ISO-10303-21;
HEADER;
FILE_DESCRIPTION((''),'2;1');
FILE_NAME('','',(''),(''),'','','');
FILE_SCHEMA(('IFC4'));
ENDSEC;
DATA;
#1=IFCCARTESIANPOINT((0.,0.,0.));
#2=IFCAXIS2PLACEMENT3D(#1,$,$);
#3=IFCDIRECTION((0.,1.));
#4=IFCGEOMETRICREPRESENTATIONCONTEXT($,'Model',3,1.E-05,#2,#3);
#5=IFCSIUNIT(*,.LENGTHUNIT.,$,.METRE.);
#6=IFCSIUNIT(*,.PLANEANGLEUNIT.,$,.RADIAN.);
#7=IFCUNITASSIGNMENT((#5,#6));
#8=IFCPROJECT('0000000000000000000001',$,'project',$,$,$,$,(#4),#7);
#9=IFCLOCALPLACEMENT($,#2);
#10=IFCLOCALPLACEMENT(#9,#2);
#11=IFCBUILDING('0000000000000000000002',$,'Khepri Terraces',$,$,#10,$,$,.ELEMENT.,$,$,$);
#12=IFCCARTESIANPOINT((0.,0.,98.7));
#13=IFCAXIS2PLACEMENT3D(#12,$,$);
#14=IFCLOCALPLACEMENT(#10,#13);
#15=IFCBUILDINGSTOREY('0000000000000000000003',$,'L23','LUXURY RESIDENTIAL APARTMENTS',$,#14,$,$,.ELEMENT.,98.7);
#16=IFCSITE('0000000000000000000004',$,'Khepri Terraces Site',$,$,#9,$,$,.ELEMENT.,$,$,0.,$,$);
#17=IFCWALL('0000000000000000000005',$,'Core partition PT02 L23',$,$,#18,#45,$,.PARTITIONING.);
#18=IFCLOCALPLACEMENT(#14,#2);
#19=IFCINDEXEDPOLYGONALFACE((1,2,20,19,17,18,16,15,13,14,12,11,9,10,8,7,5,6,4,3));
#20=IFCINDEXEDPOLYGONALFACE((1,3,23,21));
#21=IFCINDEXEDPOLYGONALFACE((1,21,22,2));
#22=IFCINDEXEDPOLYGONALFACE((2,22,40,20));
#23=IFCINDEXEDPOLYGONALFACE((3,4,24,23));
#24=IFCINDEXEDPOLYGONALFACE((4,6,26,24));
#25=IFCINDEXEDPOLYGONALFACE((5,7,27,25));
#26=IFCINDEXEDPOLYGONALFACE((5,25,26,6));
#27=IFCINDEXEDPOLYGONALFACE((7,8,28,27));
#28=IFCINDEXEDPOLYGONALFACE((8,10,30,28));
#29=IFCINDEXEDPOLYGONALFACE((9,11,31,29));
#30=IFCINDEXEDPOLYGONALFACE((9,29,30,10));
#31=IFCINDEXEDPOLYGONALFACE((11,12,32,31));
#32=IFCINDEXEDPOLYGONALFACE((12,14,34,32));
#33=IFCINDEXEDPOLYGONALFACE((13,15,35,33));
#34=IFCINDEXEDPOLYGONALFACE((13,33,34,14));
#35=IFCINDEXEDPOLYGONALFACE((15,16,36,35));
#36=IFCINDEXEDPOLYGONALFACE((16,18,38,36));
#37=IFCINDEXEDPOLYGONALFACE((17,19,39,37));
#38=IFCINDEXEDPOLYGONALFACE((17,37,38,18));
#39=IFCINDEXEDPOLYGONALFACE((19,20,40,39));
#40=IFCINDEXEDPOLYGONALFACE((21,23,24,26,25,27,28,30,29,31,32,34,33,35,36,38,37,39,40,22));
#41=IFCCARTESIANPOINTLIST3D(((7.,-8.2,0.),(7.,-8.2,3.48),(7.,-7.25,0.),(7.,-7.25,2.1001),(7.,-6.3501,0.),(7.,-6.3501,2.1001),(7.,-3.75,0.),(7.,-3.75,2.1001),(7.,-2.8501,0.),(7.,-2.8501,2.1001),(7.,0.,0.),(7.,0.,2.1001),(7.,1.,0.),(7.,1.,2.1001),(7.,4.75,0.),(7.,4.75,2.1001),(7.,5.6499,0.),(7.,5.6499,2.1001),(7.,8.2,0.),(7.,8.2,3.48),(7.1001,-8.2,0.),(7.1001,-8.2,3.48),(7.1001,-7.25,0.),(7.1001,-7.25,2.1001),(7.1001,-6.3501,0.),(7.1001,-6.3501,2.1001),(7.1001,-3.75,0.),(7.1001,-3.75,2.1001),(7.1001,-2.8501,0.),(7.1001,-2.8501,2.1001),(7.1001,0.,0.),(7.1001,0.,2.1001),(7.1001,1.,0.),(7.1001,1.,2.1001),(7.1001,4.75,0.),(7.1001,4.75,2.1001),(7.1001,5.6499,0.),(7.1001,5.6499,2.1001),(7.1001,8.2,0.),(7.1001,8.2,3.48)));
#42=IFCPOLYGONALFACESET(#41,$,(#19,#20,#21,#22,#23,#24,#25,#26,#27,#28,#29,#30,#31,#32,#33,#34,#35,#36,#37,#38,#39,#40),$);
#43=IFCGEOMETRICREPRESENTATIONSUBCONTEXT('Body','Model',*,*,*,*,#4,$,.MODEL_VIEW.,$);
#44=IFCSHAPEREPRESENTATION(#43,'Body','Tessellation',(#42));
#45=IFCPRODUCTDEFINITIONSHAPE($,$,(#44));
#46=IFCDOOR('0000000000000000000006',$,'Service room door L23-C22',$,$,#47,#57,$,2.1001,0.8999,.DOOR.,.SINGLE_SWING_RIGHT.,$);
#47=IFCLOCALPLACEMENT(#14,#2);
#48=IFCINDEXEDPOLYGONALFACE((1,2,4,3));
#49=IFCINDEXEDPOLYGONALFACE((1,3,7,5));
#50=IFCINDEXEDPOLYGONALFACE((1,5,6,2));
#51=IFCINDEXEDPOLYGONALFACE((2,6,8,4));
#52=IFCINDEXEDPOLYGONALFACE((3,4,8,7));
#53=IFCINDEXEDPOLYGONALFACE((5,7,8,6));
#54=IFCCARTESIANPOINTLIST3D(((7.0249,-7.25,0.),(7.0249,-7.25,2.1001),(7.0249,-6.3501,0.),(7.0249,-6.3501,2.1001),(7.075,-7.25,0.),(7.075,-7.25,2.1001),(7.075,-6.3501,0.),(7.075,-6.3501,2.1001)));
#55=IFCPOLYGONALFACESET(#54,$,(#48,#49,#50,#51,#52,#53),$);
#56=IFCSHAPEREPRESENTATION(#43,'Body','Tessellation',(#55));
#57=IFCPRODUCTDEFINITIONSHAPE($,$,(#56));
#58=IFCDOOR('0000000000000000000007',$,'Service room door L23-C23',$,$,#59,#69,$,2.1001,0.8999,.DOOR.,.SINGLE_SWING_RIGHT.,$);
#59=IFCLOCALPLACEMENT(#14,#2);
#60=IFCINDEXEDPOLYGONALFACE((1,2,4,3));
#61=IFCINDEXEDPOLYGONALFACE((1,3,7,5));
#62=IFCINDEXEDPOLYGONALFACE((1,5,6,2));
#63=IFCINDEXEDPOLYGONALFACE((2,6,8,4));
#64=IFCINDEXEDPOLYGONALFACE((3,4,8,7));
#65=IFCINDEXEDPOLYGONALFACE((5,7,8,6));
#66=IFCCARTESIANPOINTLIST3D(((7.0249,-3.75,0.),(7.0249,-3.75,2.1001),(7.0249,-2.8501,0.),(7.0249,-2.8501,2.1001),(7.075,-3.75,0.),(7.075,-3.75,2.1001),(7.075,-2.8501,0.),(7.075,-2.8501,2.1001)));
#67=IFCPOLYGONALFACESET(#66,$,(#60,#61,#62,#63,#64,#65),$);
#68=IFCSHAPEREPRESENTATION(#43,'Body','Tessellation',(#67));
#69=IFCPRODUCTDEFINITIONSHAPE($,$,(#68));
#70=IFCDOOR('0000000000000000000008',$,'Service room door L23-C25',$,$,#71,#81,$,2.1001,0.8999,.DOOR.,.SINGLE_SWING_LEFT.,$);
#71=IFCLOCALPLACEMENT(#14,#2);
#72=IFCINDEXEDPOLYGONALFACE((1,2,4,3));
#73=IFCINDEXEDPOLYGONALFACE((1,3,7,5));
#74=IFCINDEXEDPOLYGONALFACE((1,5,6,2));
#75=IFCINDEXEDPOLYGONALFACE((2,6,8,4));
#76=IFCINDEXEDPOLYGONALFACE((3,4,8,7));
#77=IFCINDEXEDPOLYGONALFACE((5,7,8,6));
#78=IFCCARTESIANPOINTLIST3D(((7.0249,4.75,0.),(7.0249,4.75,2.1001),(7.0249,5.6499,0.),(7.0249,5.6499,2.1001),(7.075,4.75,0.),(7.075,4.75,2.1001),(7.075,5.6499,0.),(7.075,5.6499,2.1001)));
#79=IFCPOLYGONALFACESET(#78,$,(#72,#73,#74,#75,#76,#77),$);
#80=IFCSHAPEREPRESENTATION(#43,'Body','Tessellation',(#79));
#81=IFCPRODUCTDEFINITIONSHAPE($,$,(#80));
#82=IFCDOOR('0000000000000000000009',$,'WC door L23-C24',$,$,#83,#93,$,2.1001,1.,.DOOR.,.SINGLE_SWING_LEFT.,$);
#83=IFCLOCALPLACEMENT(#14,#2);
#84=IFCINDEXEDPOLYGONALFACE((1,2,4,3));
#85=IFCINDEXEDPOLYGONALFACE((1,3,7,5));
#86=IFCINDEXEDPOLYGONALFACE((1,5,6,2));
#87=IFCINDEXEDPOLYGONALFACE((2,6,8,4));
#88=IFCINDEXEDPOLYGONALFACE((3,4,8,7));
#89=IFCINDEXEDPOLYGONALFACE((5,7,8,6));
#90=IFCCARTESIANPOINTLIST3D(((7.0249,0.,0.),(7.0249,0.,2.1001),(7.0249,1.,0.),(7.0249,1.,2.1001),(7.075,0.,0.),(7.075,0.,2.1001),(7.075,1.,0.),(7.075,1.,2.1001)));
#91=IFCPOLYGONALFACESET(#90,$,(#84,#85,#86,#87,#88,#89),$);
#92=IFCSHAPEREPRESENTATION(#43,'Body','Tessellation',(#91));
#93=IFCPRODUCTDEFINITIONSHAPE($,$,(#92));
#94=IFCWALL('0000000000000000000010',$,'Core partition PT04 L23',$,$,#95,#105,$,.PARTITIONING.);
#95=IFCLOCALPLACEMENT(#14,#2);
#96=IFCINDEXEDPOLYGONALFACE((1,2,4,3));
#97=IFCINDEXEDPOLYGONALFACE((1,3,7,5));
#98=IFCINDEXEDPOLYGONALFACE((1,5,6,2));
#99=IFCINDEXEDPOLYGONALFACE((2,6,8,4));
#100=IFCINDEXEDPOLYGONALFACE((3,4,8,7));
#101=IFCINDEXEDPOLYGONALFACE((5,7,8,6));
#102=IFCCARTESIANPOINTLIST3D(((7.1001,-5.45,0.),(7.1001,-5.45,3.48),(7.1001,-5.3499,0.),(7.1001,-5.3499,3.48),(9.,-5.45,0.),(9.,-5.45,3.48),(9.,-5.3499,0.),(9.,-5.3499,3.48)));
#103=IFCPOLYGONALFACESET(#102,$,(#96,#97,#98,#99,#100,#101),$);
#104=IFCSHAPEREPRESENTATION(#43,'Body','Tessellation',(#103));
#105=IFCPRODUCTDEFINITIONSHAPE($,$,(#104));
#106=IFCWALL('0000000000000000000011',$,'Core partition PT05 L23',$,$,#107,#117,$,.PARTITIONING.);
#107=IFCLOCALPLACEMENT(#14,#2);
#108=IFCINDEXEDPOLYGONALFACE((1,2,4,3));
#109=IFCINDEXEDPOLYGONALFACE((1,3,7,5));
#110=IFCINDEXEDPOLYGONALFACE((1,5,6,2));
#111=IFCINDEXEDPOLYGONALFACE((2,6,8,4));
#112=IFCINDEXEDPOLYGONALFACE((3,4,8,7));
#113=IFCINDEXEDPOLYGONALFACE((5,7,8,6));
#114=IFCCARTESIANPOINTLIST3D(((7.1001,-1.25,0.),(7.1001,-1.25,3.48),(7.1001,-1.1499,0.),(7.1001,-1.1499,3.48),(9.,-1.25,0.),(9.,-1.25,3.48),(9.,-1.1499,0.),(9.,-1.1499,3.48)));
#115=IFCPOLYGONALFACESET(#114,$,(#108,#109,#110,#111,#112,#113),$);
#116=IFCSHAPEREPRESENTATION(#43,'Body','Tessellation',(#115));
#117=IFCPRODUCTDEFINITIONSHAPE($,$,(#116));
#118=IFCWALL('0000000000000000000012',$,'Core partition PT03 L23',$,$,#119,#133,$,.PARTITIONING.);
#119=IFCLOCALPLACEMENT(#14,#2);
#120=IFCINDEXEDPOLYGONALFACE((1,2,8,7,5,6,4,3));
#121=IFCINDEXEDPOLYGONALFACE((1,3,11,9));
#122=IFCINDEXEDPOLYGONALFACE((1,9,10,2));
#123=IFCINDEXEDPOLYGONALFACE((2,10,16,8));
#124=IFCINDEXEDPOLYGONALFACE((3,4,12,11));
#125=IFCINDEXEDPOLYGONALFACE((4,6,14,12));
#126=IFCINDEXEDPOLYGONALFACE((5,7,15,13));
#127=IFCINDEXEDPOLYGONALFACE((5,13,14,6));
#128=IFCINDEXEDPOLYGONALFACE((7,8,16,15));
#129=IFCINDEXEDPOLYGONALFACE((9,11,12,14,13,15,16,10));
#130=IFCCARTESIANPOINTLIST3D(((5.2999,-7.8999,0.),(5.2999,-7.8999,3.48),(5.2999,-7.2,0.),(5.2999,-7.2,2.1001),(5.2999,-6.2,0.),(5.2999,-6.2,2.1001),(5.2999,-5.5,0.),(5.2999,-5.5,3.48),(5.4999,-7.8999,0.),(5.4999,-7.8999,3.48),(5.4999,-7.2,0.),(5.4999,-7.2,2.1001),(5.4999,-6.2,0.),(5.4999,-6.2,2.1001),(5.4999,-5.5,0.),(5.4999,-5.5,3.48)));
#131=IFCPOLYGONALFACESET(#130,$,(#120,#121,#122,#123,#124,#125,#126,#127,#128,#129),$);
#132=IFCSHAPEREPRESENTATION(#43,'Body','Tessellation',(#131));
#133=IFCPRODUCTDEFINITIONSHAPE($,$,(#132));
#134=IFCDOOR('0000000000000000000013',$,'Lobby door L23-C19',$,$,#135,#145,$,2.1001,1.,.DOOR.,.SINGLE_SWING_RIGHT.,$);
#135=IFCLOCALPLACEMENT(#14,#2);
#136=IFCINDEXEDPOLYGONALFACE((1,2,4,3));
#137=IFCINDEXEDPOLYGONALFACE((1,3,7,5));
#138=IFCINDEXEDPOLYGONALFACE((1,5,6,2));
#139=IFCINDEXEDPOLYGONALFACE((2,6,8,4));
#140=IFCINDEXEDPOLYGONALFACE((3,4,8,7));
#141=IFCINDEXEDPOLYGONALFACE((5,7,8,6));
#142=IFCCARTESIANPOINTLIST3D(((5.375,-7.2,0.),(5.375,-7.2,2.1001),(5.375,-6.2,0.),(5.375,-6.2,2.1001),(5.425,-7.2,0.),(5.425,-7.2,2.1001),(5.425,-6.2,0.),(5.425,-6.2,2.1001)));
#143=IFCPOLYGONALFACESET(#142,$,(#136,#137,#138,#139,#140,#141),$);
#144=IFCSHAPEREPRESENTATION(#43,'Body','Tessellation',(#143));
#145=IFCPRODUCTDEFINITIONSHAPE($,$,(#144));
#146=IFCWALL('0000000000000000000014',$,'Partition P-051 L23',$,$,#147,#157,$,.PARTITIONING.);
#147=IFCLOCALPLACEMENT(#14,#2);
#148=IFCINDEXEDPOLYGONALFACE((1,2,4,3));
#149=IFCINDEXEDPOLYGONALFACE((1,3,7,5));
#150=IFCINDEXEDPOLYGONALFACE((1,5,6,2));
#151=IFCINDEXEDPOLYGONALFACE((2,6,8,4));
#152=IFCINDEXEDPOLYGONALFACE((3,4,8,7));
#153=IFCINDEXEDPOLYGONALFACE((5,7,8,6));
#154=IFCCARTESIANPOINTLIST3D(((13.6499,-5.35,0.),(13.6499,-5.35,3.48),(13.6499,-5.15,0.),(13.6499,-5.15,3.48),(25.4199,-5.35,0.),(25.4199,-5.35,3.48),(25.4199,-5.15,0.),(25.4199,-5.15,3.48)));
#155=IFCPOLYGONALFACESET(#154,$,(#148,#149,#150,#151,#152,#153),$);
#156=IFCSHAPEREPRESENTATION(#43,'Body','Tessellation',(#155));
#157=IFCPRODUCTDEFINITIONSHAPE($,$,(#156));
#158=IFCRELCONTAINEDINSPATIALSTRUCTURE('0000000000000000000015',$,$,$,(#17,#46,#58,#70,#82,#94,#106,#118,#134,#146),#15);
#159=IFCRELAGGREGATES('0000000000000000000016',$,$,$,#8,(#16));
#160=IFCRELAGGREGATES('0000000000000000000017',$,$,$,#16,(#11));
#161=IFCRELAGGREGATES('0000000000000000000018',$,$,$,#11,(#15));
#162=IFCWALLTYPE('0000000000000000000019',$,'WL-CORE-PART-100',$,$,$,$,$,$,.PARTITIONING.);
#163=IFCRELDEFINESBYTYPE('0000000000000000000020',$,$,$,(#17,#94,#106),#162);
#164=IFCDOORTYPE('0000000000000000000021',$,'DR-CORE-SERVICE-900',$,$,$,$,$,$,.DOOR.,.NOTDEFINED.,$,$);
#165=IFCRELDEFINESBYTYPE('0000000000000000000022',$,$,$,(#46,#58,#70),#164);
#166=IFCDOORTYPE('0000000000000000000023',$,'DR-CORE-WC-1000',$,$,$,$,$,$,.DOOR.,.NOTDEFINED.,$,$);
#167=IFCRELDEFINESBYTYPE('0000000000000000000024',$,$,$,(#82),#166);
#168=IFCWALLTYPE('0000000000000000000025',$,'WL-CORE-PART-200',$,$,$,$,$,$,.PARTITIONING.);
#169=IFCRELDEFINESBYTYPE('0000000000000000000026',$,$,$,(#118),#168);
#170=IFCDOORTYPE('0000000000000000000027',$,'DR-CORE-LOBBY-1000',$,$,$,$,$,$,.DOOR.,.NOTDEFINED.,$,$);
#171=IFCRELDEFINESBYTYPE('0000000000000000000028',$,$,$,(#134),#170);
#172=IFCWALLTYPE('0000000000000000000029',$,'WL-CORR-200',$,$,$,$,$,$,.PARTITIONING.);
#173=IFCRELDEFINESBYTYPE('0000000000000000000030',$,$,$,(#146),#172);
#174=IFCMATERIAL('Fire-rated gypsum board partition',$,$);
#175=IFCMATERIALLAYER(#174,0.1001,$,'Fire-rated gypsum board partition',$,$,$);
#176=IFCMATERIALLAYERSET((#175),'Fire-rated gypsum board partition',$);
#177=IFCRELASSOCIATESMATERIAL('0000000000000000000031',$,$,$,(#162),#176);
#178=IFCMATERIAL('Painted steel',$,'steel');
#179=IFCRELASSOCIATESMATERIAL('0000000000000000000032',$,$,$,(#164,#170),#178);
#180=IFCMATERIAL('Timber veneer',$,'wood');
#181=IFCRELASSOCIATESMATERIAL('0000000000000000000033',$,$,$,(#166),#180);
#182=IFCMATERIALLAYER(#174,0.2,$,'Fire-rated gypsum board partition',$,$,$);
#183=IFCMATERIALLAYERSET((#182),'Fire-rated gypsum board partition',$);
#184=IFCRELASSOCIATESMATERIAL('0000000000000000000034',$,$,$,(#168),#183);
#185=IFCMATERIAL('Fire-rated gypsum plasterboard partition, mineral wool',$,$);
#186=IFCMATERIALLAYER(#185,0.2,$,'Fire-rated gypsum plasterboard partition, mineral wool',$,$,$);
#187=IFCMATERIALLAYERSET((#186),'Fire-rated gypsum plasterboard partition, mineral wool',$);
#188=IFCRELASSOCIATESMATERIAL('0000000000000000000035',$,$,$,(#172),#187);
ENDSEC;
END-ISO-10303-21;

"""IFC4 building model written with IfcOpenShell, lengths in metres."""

from ifc_helpers import new_model, si_unit, direction, frame, frame_2d, origin, place, context, subcontext, project, spatial, rectangle, extrude, material, layer, layer_set, type_object, element, fill, save


model = new_model("IFC4")

# Units and contexts
model_context = context("Model", 3, precision=1e-05, world=origin(), true_north=direction((0.0, 1.0)))
body_context = subcontext(model_context, "Body", "Model", "MODEL_VIEW")
ifc_project = project(units=[si_unit("LENGTHUNIT", "METRE"), si_unit("PLANEANGLEUNIT", "RADIAN")], contexts=[model_context])

# Site, building, storey
site_placement = place(None, origin())
site = spatial("IfcSite", under=ifc_project, at=site_placement, Name="Khepri Terraces Site", CompositionType="ELEMENT", RefElevation=0.0)
building_placement = place(site_placement, origin())
building = spatial("IfcBuilding", under=site, at=building_placement, Name="Khepri Terraces", CompositionType="ELEMENT")
storey_placement = place(building_placement, frame((0.0, 0.0, 98.7)))
storey = spatial("IfcBuildingStorey", under=building, at=storey_placement, Name="L23", Description="LUXURY RESIDENTIAL APARTMENTS", CompositionType="ELEMENT", Elevation=98.7)

# Shared definitions
ifc_material_1 = material(Name="Painted steel", Category="steel")

# Wall, openings, doors
ifc_material_2 = material(Name="Fire-rated gypsum board partition")
ifc_layer_1 = layer(ifc_material_2, 0.1001, Name="Fire-rated gypsum board partition")
ifc_layer_set_1 = layer_set([ifc_layer_1], Name="Fire-rated gypsum board partition")
wall_type_1 = type_object("IfcWallType", Name="WL-CORE-PART-100", PredefinedType="PARTITIONING", material=ifc_layer_set_1)
wall_1_placement = place(storey_placement, frame((7.05, -8.2, 0.0), z_axis=(0.0, 0.0, 1.0), x_axis=(0.0, 1.0, 0.0)))
wall_1 = element("IfcWall", 1, at=wall_1_placement, inside=storey, type_object=wall_type_1, Name="Core partition PT02 L23", PredefinedType="PARTITIONING", context=body_context, shape_type="SweptSolid", body=[
    extrude(rectangle(XDim=16.3999, YDim=0.1001, at=frame_2d((8.2, 0.0))), origin(), (0.0, 0.0, 1.0), 3.48),
])
opening_1_placement = place(wall_1_placement, frame((0.95, 0.0, 0.0)))
opening_1 = element("IfcOpeningElement", 2, at=opening_1_placement, cuts=wall_1, PredefinedType="OPENING", context=body_context, shape_type="SweptSolid", body=[
    extrude(rectangle(XDim=0.8999, YDim=2.1001, at=frame_2d((0.45, 1.05))), frame((0.0, 0.0601, 0.0), z_axis=(0.0, -1.0, 0.0), x_axis=(1.0, 0.0, 0.0)), (0.0, 0.0, 1.0), 0.1201),
])
opening_2_placement = place(wall_1_placement, frame((4.45, 0.0, 0.0)))
opening_2 = element("IfcOpeningElement", 3, at=opening_2_placement, cuts=wall_1, PredefinedType="OPENING", context=body_context, shape_type="SweptSolid", body=[
    extrude(rectangle(XDim=0.8999, YDim=2.1001, at=frame_2d((0.45, 1.05))), frame((0.0, 0.0601, 0.0), z_axis=(0.0, -1.0, 0.0), x_axis=(1.0, 0.0, 0.0)), (0.0, 0.0, 1.0), 0.1201),
])
opening_3_placement = place(wall_1_placement, frame((8.2, 0.0, 0.0)))
opening_3 = element("IfcOpeningElement", 4, at=opening_3_placement, cuts=wall_1, PredefinedType="OPENING", context=body_context, shape_type="SweptSolid", body=[
    extrude(rectangle(XDim=1.0, YDim=2.1001, at=frame_2d((0.5, 1.05))), frame((0.0, 0.0601, 0.0), z_axis=(0.0, -1.0, 0.0), x_axis=(1.0, 0.0, 0.0)), (0.0, 0.0, 1.0), 0.1201),
])
opening_4_placement = place(wall_1_placement, frame((12.95, 0.0, 0.0)))
opening_4 = element("IfcOpeningElement", 5, at=opening_4_placement, cuts=wall_1, PredefinedType="OPENING", context=body_context, shape_type="SweptSolid", body=[
    extrude(rectangle(XDim=0.8999, YDim=2.1001, at=frame_2d((0.45, 1.05))), frame((0.0, 0.0601, 0.0), z_axis=(0.0, -1.0, 0.0), x_axis=(1.0, 0.0, 0.0)), (0.0, 0.0, 1.0), 0.1201),
])
door_type_1 = type_object("IfcDoorType", Name="DR-CORE-SERVICE-900", OperationType="NOTDEFINED", PredefinedType="DOOR", material=ifc_material_1)
door_1_placement = place(opening_1_placement, frame((0.8999, 0.0, 0.0), z_axis=(0.0, 0.0, 1.0), x_axis=(-1.0, 0.0, 0.0)))
door_1 = element("IfcDoor", 6, at=door_1_placement, inside=storey, type_object=door_type_1, Name="Service room door L23-C22", OperationType="SINGLE_SWING_RIGHT", OverallHeight=2.1001, OverallWidth=0.8999, PredefinedType="DOOR", context=body_context, shape_type="SweptSolid", body=[
    extrude(rectangle(XDim=0.8999, YDim=2.1001, at=frame_2d((0.45, 1.05))), frame((0.0, 0.0249, 0.0), z_axis=(0.0, -1.0, 0.0), x_axis=(1.0, 0.0, 0.0)), (0.0, 0.0, 1.0), 0.05),
])
fill(opening_1, door_1)
door_2_placement = place(opening_2_placement, frame((0.8999, 0.0, 0.0), z_axis=(0.0, 0.0, 1.0), x_axis=(-1.0, 0.0, 0.0)))
door_2 = element("IfcDoor", 7, at=door_2_placement, inside=storey, type_object=door_type_1, Name="Service room door L23-C23", OperationType="SINGLE_SWING_RIGHT", OverallHeight=2.1001, OverallWidth=0.8999, PredefinedType="DOOR", context=body_context, shape_type="SweptSolid", body=[
    extrude(rectangle(XDim=0.8999, YDim=2.1001, at=frame_2d((0.45, 1.05))), frame((0.0, 0.0249, 0.0), z_axis=(0.0, -1.0, 0.0), x_axis=(1.0, 0.0, 0.0)), (0.0, 0.0, 1.0), 0.05),
])
fill(opening_2, door_2)
door_3_placement = place(opening_4_placement, frame((0.8999, 0.0, 0.0), z_axis=(0.0, 0.0, 1.0), x_axis=(-1.0, 0.0, 0.0)))
door_3 = element("IfcDoor", 8, at=door_3_placement, inside=storey, type_object=door_type_1, Name="Service room door L23-C25", OperationType="SINGLE_SWING_LEFT", OverallHeight=2.1001, OverallWidth=0.8999, PredefinedType="DOOR", context=body_context, shape_type="SweptSolid", body=[
    extrude(rectangle(XDim=0.8999, YDim=2.1001, at=frame_2d((0.45, 1.05))), frame((0.0, 0.0249, 0.0), z_axis=(0.0, -1.0, 0.0), x_axis=(1.0, 0.0, 0.0)), (0.0, 0.0, 1.0), 0.05),
])
fill(opening_4, door_3)
ifc_material_3 = material(Name="Timber veneer", Category="wood")
door_type_2 = type_object("IfcDoorType", Name="DR-CORE-WC-1000", OperationType="NOTDEFINED", PredefinedType="DOOR", material=ifc_material_3)
door_4_placement = place(opening_3_placement, frame((1.0, 0.0, 0.0), z_axis=(0.0, 0.0, 1.0), x_axis=(-1.0, 0.0, 0.0)))
door_4 = element("IfcDoor", 9, at=door_4_placement, inside=storey, type_object=door_type_2, Name="WC door L23-C24", OperationType="SINGLE_SWING_LEFT", OverallHeight=2.1001, OverallWidth=1.0, PredefinedType="DOOR", context=body_context, shape_type="SweptSolid", body=[
    extrude(rectangle(XDim=1.0, YDim=2.1001, at=frame_2d((0.5, 1.05))), frame((0.0, 0.0249, 0.0), z_axis=(0.0, -1.0, 0.0), x_axis=(1.0, 0.0, 0.0)), (0.0, 0.0, 1.0), 0.05),
])
fill(opening_3, door_4)

# Walls
for number, where, z_axis, x_axis, name in (
    (10, (7.1001, -5.3999, 0.0), (0.0, 0.0, 1.0), (1.0, 0.0, 0.0), "Core partition PT04 L23"),
    (11, (7.1001, -1.2, 0.0), (0.0, 0.0, 1.0), (1.0, 0.0, 0.0), "Core partition PT05 L23"),
):
    element("IfcWall", number, at=place(storey_placement, frame(where, z_axis=z_axis, x_axis=x_axis)), inside=storey, type_object=wall_type_1, Name=name, PredefinedType="PARTITIONING", context=body_context, shape_type="SweptSolid", body=[
        extrude(rectangle(XDim=1.8999, YDim=0.1001, at=frame_2d((0.95, 0.0))), origin(), (0.0, 0.0, 1.0), 3.48),
    ])

# Wall, opening, door
ifc_layer_2 = layer(ifc_material_2, 0.2, Name="Fire-rated gypsum board partition")
ifc_layer_set_2 = layer_set([ifc_layer_2], Name="Fire-rated gypsum board partition")
wall_type_2 = type_object("IfcWallType", Name="WL-CORE-PART-200", PredefinedType="PARTITIONING", material=ifc_layer_set_2)
wall_2_placement = place(storey_placement, frame((5.3999, -7.8999, 0.0), z_axis=(0.0, 0.0, 1.0), x_axis=(0.0, 1.0, 0.0)))
wall_2 = element("IfcWall", 12, at=wall_2_placement, inside=storey, type_object=wall_type_2, Name="Core partition PT03 L23", PredefinedType="PARTITIONING", context=body_context, shape_type="SweptSolid", body=[
    extrude(rectangle(XDim=2.3999, YDim=0.2, at=frame_2d((1.2, 0.0))), origin(), (0.0, 0.0, 1.0), 3.48),
])
opening_5_placement = place(wall_2_placement, frame((0.7, 0.0, 0.0)))
opening_5 = element("IfcOpeningElement", 13, at=opening_5_placement, cuts=wall_2, PredefinedType="OPENING", context=body_context, shape_type="SweptSolid", body=[
    extrude(rectangle(XDim=1.0, YDim=2.1001, at=frame_2d((0.5, 1.05))), frame((0.0, 0.1099, 0.0), z_axis=(0.0, -1.0, 0.0), x_axis=(1.0, 0.0, 0.0)), (0.0, 0.0, 1.0), 0.22),
])
door_type_3 = type_object("IfcDoorType", Name="DR-CORE-LOBBY-1000", OperationType="NOTDEFINED", PredefinedType="DOOR", material=ifc_material_1)
door_5_placement = place(opening_5_placement, origin())
door_5 = element("IfcDoor", 14, at=door_5_placement, inside=storey, type_object=door_type_3, Name="Lobby door L23-C19", OperationType="SINGLE_SWING_RIGHT", OverallHeight=2.1001, OverallWidth=1.0, PredefinedType="DOOR", context=body_context, shape_type="SweptSolid", body=[
    extrude(rectangle(XDim=1.0, YDim=2.1001, at=frame_2d((0.5, 1.05))), frame((0.0, 0.0249, 0.0), z_axis=(0.0, -1.0, 0.0), x_axis=(1.0, 0.0, 0.0)), (0.0, 0.0, 1.0), 0.05),
])
fill(opening_5, door_5)

# Wall
ifc_material_4 = material(Name="Fire-rated gypsum plasterboard partition, mineral wool")
ifc_layer_3 = layer(ifc_material_4, 0.2, Name="Fire-rated gypsum plasterboard partition, mineral wool")
ifc_layer_set_3 = layer_set([ifc_layer_3], Name="Fire-rated gypsum plasterboard partition, mineral wool")
wall_type_3 = type_object("IfcWallType", Name="WL-CORR-200", PredefinedType="PARTITIONING", material=ifc_layer_set_3)
wall_3_placement = place(storey_placement, frame((13.6499, -5.25, 0.0), z_axis=(0.0, 0.0, 1.0), x_axis=(1.0, 0.0, 0.0)))
element("IfcWall", 15, at=wall_3_placement, inside=storey, type_object=wall_type_3, Name="Partition P-051 L23", PredefinedType="PARTITIONING", context=body_context, shape_type="SweptSolid", body=[
    extrude(rectangle(XDim=11.77, YDim=0.2, at=frame_2d((5.885, 0.0))), origin(), (0.0, 0.0, 1.0), 3.48),
])

save(model, "model.ifc")
